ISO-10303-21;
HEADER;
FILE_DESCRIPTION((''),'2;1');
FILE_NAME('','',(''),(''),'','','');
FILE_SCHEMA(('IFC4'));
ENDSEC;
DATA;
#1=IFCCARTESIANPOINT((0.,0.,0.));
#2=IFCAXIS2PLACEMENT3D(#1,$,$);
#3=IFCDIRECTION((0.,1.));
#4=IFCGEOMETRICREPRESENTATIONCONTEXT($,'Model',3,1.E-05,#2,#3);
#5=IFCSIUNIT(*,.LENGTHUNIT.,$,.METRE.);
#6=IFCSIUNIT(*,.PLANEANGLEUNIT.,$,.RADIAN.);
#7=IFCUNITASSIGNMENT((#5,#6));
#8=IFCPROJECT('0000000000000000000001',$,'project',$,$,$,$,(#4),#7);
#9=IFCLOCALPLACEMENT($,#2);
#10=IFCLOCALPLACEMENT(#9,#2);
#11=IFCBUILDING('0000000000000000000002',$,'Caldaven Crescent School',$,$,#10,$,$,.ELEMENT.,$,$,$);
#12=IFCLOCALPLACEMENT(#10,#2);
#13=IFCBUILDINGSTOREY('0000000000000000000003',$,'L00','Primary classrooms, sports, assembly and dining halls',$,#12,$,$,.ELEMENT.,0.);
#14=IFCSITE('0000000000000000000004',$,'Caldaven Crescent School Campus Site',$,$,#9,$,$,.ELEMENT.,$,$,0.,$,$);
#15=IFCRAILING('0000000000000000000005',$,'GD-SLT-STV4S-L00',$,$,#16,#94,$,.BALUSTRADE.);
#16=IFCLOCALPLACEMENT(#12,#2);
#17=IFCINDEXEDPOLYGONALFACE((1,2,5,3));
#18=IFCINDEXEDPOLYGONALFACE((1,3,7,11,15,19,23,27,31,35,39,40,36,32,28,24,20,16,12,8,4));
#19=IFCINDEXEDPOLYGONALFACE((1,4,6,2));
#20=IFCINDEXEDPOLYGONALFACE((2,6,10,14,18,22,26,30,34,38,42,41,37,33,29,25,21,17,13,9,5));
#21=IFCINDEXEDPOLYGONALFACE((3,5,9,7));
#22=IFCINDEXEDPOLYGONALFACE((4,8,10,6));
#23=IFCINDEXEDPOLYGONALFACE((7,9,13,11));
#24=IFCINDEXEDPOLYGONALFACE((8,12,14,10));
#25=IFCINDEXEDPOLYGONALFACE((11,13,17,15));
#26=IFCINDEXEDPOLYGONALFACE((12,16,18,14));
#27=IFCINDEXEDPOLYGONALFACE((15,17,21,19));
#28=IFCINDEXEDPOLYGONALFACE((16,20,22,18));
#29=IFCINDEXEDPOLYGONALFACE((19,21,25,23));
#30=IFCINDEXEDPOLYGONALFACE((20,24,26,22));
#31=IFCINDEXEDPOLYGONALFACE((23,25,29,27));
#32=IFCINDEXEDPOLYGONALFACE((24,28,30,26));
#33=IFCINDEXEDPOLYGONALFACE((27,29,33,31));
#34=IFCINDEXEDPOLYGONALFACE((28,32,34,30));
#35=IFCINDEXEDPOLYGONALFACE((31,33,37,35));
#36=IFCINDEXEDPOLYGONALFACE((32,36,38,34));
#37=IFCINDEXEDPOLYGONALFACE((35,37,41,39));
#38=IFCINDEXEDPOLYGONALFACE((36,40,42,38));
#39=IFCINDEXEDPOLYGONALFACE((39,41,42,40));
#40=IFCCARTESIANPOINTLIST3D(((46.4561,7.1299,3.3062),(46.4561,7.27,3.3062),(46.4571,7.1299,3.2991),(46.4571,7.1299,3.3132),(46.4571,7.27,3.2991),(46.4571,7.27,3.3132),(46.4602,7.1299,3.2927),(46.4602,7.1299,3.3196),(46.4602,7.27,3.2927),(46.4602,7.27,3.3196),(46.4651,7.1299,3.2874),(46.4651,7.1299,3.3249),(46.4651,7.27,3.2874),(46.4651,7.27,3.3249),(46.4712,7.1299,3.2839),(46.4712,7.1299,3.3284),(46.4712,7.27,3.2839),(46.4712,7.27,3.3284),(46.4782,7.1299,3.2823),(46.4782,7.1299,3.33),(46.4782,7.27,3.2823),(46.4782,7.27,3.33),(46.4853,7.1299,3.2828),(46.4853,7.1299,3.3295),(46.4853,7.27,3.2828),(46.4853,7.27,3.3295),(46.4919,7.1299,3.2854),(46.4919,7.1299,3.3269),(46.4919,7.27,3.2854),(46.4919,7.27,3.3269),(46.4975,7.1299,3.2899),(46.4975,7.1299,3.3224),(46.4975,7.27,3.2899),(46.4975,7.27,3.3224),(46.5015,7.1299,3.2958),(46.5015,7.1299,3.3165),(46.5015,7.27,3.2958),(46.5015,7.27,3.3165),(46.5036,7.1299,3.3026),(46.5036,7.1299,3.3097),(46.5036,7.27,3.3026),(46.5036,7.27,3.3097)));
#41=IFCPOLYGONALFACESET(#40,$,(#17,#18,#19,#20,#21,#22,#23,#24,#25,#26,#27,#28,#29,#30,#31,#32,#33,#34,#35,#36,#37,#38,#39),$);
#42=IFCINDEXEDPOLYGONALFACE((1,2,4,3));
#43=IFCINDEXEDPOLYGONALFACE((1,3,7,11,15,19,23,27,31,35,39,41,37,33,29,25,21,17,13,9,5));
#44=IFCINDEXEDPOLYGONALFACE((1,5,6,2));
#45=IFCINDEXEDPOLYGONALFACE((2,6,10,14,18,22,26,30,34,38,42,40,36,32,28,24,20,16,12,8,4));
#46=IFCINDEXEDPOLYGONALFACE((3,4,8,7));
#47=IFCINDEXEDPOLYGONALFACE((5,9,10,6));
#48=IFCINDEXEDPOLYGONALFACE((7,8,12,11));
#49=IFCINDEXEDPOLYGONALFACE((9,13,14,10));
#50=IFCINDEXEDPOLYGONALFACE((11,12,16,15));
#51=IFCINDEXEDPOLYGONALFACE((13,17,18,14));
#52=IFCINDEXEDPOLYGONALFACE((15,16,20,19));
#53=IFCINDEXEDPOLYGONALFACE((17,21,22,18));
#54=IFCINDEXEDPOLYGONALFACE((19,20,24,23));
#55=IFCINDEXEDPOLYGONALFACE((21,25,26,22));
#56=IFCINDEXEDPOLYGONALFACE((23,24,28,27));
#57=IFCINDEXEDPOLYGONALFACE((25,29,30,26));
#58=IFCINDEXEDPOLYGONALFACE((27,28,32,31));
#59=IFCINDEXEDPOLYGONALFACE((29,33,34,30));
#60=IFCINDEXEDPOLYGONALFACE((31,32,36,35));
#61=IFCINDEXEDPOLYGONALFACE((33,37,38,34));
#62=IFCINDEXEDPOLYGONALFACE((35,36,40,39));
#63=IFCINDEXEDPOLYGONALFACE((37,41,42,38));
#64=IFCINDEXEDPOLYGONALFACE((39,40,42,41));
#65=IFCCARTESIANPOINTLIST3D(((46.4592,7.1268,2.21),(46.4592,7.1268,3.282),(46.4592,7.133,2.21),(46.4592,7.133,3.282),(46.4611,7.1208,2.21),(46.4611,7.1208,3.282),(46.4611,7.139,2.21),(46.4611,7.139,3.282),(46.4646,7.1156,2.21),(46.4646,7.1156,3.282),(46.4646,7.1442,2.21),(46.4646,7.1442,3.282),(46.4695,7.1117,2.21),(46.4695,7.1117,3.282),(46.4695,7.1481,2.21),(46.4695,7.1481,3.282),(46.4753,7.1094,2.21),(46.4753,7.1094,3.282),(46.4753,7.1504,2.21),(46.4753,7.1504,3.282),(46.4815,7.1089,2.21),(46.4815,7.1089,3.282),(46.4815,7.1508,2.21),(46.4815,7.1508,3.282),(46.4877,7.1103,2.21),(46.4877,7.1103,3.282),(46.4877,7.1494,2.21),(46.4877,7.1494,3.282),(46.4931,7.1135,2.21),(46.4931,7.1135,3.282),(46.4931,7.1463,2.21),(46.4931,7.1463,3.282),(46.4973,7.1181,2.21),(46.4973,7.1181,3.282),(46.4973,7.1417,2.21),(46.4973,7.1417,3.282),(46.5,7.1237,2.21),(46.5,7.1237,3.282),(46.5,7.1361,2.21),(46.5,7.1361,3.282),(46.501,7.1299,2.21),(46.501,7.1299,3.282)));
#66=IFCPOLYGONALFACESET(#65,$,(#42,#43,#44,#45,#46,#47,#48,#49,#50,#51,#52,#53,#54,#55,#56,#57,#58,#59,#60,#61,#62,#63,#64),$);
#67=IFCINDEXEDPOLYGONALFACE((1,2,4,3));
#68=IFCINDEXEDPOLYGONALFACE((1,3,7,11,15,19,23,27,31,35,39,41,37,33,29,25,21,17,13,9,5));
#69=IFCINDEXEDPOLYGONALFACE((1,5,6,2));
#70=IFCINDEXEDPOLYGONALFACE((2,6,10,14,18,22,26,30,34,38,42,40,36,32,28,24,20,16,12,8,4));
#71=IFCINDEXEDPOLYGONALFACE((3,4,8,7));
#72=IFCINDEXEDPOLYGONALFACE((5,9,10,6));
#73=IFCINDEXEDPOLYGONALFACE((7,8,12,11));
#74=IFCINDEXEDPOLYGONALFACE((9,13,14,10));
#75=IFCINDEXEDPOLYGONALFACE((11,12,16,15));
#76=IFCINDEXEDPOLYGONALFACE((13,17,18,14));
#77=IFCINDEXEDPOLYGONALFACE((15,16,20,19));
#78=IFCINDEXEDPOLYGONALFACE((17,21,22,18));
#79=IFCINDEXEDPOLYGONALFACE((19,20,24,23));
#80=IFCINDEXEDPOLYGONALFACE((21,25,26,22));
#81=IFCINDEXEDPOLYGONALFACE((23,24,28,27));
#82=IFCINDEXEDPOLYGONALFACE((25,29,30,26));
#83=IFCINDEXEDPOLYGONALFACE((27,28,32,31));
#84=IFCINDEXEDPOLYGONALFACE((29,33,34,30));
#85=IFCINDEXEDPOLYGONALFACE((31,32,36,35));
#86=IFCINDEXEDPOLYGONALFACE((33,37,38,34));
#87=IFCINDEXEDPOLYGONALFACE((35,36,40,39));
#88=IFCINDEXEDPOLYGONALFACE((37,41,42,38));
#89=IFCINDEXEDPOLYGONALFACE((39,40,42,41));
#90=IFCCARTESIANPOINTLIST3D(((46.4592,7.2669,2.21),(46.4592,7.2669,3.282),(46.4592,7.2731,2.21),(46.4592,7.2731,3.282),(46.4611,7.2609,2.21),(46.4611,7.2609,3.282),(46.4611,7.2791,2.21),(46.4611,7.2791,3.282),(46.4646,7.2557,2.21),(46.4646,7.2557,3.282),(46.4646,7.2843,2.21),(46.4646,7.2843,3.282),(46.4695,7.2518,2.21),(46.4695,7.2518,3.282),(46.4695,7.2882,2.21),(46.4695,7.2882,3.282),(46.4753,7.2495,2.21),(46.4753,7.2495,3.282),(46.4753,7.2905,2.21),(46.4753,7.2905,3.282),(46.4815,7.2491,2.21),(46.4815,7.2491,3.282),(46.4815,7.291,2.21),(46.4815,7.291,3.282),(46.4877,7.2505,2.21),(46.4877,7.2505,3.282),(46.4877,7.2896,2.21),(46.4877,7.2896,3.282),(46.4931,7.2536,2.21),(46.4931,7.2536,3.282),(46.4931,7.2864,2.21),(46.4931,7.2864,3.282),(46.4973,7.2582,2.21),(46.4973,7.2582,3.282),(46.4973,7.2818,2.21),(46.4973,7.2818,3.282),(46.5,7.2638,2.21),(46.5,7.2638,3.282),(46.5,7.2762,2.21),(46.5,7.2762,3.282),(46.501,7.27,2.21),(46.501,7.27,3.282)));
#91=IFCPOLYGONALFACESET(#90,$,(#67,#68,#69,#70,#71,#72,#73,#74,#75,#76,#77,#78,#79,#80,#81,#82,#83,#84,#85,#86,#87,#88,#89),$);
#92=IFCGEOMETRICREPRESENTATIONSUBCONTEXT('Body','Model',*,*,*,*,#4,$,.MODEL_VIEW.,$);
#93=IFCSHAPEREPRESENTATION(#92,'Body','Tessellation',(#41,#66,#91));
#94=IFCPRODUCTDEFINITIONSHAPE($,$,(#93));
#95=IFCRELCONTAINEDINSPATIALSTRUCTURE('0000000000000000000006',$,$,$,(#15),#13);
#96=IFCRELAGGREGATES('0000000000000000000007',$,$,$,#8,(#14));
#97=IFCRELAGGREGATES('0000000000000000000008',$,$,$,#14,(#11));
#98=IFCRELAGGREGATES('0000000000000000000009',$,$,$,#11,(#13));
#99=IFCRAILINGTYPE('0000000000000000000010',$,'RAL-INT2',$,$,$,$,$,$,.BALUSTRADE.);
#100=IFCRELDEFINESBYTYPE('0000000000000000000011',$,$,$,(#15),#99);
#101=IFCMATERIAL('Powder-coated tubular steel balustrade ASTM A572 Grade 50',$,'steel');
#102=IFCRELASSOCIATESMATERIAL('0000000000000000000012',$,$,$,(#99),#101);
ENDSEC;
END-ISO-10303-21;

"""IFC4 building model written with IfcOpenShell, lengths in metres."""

from ifc_helpers import new_model, si_unit, direction, frame, origin, origin_2d, place, context, subcontext, project, spatial, circle, extrude, material, type_object, element, save


model = new_model("IFC4")

# Units and contexts
model_context = context("Model", 3, precision=1e-05, world=origin(), true_north=direction((0.0, 1.0)))
body_context = subcontext(model_context, "Body", "Model", "MODEL_VIEW")
ifc_project = project(units=[si_unit("LENGTHUNIT", "METRE"), si_unit("PLANEANGLEUNIT", "RADIAN")], contexts=[model_context])

# Site, building, storey
site_placement = place(None, origin())
site = spatial("IfcSite", under=ifc_project, at=site_placement, Name="Caldaven Crescent School Campus Site", CompositionType="ELEMENT", RefElevation=0.0)
building_placement = place(site_placement, origin())
building = spatial("IfcBuilding", under=site, at=building_placement, Name="Caldaven Crescent School", CompositionType="ELEMENT")
storey_placement = place(building_placement, origin())
storey = spatial("IfcBuildingStorey", under=building, at=storey_placement, Name="L00", Description="Primary classrooms, sports, assembly and dining halls", CompositionType="ELEMENT", Elevation=0.0)

# Railing
ifc_material_1 = material(Name="Powder-coated tubular steel balustrade ASTM A572 Grade 50", Category="steel")
railing_type_1 = type_object("IfcRailingType", Name="RAL-INT2", PredefinedType="BALUSTRADE", material=ifc_material_1)
railing_1_placement = place(storey_placement, frame((46.48, 7.1299, 2.21)))
element("IfcRailing", 1, at=railing_1_placement, inside=storey, type_object=railing_type_1, Name="GD-SLT-STV4S-L00", PredefinedType="BALUSTRADE", context=body_context, shape_type="SweptSolid", body=[
    extrude(circle(Radius=0.0239, at=origin_2d()), frame((0.0, 0.0, 1.0962), z_axis=(0.0, 1.0, 0.0), x_axis=(-1.0, 0.0, 0.0)), (0.0, 0.0, 1.0), 0.1401),
    extrude(circle(Radius=0.021, at=origin_2d()), origin(), (0.0, 0.0, 1.0), 1.072),
    extrude(circle(Radius=0.021, at=origin_2d()), frame((0.0, 0.1401, 0.0)), (0.0, 0.0, 1.0), 1.072),
])

save(model, "model.ifc")
